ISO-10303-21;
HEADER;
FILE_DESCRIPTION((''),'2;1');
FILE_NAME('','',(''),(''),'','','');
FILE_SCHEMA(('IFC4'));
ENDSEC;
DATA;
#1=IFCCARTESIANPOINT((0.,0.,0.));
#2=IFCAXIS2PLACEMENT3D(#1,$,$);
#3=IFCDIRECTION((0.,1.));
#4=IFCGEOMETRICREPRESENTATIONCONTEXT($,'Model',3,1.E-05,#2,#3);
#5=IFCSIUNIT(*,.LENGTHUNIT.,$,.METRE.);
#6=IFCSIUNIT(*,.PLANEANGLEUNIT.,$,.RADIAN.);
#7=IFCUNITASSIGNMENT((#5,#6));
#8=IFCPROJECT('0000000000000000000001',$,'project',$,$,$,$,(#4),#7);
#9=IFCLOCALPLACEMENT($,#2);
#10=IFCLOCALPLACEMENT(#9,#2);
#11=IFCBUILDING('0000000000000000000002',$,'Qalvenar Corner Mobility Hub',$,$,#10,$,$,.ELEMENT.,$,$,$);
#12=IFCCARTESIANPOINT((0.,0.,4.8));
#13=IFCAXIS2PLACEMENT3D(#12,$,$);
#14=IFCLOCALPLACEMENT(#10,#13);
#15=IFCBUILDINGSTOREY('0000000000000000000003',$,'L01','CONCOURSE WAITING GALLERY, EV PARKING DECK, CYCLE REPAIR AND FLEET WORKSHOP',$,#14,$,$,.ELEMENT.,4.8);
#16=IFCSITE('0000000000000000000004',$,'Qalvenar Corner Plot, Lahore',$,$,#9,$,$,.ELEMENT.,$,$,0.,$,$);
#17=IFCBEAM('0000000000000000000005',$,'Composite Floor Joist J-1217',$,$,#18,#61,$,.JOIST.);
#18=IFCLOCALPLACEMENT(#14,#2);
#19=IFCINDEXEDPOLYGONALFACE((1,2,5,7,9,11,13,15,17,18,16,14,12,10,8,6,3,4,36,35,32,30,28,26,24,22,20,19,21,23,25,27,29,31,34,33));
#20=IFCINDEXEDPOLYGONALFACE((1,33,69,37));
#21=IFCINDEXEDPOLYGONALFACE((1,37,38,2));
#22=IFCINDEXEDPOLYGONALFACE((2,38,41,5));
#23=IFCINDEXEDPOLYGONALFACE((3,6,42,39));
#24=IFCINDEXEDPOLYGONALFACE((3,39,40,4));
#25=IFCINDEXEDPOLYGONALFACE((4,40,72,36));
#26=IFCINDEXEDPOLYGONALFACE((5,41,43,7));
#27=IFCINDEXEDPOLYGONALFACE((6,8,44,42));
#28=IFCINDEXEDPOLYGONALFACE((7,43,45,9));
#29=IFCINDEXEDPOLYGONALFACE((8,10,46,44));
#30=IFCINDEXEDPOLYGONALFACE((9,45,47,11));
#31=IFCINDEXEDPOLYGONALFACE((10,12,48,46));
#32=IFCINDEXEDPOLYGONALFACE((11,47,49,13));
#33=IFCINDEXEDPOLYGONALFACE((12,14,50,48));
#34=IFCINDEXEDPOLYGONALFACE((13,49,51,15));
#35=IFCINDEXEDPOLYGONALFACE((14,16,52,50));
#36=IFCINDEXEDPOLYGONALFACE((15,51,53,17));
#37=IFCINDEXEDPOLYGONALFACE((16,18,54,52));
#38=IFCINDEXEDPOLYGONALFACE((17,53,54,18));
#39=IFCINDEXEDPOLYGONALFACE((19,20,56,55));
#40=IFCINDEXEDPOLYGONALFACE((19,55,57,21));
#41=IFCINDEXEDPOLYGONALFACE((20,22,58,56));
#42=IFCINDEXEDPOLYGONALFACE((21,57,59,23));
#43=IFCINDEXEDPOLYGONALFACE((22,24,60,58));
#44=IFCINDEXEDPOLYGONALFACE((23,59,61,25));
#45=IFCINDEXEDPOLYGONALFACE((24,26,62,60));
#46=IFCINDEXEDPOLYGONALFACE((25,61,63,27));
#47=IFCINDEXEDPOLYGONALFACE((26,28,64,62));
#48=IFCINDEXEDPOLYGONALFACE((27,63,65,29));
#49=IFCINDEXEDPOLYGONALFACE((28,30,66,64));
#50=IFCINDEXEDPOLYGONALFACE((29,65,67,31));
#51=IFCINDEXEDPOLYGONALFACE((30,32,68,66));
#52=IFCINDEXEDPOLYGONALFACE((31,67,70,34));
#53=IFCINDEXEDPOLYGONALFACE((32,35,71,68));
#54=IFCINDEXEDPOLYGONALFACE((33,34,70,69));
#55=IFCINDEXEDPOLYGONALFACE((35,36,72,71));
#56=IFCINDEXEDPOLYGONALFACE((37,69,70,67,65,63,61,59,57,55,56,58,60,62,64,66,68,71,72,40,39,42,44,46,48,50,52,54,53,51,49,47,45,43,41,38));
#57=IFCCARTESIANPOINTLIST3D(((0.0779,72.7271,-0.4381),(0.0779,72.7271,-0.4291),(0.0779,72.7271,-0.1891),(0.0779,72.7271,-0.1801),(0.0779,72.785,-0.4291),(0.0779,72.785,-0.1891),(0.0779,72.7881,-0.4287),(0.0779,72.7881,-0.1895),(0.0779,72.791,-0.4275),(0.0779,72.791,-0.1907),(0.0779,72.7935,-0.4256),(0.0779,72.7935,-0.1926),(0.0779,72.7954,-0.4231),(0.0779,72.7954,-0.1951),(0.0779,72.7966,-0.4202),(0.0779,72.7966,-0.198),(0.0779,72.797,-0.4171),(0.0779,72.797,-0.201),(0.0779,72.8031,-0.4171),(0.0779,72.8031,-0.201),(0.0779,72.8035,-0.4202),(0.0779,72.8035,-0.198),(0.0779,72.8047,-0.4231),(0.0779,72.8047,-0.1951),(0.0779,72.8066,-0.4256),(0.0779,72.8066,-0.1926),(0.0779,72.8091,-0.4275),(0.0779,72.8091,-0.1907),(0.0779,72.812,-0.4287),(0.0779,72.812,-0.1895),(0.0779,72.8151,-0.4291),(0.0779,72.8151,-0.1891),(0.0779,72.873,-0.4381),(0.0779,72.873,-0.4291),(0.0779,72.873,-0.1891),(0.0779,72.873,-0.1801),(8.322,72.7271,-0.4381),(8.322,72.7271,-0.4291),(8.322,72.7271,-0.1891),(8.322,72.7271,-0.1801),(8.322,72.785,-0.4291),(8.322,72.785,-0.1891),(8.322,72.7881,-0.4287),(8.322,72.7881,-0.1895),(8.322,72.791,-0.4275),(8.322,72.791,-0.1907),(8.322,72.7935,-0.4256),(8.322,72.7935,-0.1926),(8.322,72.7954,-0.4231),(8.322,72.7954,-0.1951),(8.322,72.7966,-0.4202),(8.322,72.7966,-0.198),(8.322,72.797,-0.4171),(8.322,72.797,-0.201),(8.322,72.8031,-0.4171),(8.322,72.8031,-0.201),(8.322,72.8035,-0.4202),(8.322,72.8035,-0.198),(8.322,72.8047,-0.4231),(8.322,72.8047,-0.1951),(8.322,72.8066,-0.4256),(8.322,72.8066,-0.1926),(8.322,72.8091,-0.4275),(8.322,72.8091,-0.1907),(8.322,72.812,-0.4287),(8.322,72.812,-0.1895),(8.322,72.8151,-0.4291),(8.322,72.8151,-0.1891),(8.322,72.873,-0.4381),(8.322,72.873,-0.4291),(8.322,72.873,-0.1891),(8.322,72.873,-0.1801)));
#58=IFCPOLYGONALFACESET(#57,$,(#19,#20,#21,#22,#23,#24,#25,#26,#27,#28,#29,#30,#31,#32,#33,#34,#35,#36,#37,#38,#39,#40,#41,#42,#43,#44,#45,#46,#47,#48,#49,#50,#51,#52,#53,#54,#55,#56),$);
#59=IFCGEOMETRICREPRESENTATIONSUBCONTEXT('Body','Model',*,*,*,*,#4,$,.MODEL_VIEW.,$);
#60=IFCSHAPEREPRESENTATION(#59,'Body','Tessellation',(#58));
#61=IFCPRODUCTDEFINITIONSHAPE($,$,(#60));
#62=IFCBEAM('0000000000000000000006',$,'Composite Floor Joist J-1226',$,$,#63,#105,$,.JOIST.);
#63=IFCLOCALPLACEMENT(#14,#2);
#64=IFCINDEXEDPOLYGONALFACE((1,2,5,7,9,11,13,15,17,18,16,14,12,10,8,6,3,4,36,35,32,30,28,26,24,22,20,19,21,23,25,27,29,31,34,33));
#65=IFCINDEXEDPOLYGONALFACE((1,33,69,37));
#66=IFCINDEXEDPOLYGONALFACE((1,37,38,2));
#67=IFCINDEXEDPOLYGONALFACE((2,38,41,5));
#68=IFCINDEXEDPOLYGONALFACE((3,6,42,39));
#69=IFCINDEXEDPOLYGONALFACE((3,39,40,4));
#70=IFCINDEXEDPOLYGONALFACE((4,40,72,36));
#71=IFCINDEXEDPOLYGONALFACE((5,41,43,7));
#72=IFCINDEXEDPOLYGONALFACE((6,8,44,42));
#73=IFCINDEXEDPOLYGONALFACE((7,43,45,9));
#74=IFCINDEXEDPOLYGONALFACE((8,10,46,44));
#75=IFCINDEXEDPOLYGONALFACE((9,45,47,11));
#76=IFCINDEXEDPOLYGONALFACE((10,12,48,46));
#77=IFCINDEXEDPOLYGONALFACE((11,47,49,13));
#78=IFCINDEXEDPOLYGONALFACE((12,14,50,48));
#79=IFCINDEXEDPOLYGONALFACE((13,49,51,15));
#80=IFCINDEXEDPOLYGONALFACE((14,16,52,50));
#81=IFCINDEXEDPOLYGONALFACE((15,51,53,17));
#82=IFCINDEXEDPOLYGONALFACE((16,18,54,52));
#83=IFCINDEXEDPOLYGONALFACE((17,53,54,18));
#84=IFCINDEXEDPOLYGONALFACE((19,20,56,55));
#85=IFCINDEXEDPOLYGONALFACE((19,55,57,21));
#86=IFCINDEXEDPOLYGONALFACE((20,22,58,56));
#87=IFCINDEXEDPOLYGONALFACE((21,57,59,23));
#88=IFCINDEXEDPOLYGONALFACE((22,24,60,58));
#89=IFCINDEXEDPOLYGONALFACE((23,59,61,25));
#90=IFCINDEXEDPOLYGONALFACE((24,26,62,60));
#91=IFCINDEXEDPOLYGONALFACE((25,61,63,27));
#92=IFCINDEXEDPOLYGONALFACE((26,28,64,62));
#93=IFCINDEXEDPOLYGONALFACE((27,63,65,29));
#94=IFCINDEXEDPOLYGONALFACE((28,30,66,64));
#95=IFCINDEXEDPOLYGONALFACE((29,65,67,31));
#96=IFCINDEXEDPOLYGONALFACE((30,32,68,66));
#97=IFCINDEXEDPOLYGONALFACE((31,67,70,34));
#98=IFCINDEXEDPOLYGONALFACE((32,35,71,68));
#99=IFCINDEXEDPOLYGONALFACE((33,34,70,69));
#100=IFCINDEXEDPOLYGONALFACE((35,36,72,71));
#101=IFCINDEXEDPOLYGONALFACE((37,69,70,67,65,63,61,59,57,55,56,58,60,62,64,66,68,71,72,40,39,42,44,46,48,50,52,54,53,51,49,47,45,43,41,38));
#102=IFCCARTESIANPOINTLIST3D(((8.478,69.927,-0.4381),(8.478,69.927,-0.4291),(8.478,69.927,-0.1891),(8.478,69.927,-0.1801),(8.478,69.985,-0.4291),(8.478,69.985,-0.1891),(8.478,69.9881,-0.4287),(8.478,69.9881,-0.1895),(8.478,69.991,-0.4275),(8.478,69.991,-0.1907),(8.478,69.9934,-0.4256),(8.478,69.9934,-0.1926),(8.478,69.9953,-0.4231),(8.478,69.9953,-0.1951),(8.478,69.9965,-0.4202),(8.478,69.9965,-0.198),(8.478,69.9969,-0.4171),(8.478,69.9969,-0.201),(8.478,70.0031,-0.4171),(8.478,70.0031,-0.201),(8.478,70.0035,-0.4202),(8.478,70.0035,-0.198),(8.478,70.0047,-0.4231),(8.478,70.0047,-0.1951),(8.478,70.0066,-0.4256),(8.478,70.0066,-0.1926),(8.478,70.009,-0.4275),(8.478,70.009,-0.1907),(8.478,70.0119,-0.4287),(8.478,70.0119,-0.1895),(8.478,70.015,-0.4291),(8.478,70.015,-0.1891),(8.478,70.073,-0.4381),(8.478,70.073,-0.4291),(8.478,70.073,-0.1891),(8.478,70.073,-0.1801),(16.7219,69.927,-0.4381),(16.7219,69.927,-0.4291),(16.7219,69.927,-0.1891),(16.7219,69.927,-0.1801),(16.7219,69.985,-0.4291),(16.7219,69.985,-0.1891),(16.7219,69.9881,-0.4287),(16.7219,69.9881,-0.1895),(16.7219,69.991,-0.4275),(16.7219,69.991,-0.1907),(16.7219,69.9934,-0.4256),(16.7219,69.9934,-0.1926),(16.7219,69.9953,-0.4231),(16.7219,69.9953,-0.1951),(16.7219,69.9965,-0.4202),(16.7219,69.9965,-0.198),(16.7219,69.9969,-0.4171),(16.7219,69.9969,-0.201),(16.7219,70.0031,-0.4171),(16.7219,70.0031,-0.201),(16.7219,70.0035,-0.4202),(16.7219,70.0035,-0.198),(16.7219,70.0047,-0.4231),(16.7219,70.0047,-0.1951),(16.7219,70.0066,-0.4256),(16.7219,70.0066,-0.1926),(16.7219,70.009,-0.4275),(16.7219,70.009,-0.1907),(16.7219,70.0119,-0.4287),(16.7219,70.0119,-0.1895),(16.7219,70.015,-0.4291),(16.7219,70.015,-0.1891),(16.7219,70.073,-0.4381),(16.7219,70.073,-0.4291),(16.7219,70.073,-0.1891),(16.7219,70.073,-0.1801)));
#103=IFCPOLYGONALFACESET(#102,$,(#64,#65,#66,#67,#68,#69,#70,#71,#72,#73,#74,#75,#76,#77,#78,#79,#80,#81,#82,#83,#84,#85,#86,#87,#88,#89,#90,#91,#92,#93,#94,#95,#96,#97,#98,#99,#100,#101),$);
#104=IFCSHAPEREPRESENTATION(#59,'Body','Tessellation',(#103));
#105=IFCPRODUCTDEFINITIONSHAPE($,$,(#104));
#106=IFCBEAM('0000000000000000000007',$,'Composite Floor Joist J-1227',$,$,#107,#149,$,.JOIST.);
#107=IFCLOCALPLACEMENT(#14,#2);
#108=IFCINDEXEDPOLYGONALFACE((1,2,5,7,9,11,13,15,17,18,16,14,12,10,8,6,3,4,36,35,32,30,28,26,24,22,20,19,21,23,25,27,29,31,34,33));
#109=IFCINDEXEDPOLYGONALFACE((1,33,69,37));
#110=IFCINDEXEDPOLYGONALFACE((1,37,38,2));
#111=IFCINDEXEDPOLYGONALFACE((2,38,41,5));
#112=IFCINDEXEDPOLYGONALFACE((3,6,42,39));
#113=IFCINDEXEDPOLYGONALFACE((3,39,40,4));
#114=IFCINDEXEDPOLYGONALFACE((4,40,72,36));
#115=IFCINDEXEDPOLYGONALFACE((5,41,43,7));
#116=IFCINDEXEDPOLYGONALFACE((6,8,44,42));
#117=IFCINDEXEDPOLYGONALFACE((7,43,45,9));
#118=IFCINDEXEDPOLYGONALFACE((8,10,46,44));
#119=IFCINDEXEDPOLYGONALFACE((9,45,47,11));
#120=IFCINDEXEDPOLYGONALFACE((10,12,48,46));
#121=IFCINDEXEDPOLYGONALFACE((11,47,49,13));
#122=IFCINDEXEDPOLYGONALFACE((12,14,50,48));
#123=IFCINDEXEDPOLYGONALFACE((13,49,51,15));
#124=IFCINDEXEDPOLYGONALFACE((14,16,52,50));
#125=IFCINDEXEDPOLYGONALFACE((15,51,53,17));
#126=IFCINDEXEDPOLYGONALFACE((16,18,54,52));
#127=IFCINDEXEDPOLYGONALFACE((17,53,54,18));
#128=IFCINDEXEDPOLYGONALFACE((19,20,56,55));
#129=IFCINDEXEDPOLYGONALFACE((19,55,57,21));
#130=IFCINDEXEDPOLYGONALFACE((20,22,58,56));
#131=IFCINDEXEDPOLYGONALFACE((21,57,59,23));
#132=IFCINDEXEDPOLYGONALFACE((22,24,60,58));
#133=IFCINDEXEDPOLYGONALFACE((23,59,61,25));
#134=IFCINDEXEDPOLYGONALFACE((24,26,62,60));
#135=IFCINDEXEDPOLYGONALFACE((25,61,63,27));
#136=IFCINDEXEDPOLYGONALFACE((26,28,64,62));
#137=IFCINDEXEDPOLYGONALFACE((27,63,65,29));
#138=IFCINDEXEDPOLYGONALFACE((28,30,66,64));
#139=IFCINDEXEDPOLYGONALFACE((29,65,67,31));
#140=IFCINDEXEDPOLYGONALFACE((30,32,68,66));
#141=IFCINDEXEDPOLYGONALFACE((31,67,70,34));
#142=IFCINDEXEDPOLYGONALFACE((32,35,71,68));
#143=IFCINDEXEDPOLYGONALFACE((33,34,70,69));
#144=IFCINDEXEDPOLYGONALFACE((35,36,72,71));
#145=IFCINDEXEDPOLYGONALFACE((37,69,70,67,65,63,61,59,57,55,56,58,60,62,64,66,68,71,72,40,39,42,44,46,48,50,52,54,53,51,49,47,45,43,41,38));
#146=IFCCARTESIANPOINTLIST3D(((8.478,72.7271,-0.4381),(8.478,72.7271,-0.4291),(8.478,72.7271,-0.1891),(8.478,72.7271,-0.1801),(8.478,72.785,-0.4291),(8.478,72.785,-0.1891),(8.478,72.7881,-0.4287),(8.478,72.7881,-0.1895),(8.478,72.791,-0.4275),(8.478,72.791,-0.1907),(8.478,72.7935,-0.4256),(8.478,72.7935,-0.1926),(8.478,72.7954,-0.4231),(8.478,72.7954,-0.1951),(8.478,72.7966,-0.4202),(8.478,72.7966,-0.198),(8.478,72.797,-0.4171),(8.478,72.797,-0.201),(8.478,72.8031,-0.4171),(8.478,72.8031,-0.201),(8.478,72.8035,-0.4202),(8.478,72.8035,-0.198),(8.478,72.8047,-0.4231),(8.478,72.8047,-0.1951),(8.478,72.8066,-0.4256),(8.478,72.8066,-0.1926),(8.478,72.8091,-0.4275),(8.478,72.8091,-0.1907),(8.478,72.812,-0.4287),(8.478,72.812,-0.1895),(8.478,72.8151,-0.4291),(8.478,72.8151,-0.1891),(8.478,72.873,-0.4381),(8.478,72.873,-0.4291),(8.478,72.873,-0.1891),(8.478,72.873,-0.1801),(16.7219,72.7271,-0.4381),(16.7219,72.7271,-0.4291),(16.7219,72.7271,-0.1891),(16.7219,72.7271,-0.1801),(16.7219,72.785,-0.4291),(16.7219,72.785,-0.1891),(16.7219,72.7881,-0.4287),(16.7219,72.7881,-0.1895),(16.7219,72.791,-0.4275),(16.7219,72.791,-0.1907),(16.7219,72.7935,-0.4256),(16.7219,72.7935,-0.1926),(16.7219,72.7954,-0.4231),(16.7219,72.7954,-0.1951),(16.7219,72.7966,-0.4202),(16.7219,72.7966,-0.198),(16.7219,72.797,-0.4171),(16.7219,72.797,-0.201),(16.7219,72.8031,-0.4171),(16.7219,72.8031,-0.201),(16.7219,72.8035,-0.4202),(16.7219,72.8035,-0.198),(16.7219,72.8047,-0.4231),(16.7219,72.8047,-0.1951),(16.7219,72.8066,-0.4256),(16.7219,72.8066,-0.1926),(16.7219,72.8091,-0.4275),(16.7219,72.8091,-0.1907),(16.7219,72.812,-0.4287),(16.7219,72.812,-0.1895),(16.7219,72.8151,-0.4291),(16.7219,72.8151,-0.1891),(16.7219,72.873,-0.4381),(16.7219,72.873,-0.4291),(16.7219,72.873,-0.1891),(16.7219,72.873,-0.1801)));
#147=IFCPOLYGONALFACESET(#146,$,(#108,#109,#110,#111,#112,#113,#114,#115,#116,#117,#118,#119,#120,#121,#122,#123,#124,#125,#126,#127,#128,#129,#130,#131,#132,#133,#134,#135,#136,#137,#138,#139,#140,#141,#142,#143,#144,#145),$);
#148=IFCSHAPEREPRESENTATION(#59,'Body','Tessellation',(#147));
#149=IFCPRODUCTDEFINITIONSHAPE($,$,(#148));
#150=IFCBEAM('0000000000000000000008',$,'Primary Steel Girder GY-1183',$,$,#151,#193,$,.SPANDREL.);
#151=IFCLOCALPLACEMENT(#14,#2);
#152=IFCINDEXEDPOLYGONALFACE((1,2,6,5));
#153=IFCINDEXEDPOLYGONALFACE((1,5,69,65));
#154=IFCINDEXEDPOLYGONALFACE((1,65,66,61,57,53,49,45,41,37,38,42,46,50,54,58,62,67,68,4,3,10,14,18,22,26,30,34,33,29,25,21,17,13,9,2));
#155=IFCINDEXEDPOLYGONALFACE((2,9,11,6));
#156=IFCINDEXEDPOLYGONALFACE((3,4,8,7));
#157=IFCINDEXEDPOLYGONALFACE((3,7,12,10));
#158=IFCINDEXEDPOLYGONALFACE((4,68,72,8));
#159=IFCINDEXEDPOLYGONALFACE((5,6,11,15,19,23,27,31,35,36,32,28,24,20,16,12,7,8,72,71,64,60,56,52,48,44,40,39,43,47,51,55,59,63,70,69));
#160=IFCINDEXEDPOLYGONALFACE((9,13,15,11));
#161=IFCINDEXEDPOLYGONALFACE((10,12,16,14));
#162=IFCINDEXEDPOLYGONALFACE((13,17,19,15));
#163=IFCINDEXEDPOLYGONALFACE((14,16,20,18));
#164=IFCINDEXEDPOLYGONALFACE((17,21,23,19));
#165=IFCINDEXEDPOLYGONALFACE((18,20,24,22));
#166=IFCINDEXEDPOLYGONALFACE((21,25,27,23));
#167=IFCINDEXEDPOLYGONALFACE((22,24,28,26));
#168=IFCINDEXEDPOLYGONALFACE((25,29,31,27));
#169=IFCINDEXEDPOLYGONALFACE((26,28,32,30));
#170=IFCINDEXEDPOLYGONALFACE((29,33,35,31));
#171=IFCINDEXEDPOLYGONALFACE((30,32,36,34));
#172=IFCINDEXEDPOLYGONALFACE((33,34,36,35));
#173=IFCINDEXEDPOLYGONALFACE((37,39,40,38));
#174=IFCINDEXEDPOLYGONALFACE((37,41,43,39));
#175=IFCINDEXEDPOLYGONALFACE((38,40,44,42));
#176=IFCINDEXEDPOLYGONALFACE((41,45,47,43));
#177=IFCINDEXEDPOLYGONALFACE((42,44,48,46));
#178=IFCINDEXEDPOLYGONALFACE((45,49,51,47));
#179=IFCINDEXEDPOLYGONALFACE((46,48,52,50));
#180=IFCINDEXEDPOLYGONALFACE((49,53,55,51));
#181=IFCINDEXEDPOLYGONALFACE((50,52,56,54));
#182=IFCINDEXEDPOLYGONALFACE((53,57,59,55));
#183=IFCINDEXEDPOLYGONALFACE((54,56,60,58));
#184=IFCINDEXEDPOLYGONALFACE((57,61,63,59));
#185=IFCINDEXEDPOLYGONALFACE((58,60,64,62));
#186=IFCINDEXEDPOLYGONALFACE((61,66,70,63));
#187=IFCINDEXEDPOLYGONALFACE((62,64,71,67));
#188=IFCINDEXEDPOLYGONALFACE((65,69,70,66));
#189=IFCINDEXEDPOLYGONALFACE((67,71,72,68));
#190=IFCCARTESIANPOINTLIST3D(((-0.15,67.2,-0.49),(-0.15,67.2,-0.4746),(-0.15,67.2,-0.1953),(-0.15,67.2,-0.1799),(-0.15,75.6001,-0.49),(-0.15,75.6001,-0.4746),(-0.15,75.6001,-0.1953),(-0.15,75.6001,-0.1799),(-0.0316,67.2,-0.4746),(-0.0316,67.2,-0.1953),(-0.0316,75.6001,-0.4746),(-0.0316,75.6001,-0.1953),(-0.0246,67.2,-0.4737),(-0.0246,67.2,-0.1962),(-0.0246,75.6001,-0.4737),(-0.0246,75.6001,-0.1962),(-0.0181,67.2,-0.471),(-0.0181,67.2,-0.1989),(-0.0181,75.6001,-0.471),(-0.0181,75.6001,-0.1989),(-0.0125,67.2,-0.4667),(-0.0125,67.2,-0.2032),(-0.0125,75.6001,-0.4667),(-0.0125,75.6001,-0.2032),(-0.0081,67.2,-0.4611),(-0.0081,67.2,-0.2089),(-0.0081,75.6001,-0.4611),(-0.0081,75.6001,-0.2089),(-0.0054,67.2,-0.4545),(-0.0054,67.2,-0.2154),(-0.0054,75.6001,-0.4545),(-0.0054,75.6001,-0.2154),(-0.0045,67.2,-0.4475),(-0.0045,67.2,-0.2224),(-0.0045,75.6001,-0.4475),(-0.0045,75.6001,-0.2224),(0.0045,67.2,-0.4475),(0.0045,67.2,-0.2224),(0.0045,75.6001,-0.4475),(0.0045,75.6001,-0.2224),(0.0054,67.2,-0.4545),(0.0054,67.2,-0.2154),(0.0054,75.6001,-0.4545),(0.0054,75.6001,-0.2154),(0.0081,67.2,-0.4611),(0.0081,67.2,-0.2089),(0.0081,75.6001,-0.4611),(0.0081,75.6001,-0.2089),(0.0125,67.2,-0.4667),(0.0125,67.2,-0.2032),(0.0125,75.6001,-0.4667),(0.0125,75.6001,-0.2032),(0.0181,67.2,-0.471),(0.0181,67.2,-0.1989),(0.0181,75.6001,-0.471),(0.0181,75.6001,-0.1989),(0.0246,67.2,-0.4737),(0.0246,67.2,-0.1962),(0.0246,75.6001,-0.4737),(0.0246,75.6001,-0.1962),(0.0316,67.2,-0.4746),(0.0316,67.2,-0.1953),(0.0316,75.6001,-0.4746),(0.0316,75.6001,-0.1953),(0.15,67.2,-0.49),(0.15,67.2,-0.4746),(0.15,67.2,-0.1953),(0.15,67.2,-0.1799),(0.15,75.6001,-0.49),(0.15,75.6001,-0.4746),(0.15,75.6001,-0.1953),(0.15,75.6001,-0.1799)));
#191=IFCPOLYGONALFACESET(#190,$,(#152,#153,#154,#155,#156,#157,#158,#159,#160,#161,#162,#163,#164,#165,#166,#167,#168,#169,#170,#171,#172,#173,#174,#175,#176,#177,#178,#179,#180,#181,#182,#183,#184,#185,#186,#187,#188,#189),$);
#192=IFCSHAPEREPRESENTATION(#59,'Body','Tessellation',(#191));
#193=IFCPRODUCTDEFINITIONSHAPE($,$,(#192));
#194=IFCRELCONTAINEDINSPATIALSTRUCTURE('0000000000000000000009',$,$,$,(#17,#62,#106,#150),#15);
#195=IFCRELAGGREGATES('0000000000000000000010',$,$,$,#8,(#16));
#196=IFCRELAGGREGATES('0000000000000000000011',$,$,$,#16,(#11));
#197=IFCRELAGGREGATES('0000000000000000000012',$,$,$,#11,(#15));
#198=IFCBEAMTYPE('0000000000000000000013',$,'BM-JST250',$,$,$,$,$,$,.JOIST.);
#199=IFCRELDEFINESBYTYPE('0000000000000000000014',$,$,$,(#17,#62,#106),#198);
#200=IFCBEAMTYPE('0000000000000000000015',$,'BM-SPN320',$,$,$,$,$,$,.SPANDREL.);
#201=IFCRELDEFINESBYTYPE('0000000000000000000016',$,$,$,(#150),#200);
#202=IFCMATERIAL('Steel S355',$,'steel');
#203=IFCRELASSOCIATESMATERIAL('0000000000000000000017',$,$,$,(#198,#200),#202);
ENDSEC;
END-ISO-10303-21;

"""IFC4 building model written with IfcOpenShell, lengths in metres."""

from ifc_helpers import new_model, si_unit, direction, frame, origin, origin_2d, place, context, subcontext, project, spatial, i_section, extrude, material, material_profile, profile_set, type_object, element, save


model = new_model("IFC4")

# Units and contexts
model_context = context("Model", 3, precision=1e-05, world=origin(), true_north=direction((0.0, 1.0)))
body_context = subcontext(model_context, "Body", "Model", "MODEL_VIEW")
ifc_project = project(units=[si_unit("LENGTHUNIT", "METRE"), si_unit("PLANEANGLEUNIT", "RADIAN")], contexts=[model_context])

# Site, building, storey
site_placement = place(None, origin())
site = spatial("IfcSite", under=ifc_project, at=site_placement, Name="Qalvenar Corner Plot, Lahore", CompositionType="ELEMENT", RefElevation=0.0)
building_placement = place(site_placement, origin())
building = spatial("IfcBuilding", under=site, at=building_placement, Name="Qalvenar Corner Mobility Hub", CompositionType="ELEMENT")
storey_placement = place(building_placement, frame((0.0, 0.0, 4.8)))
storey = spatial("IfcBuildingStorey", under=building, at=storey_placement, Name="L01", Description="CONCOURSE WAITING GALLERY, EV PARKING DECK, CYCLE REPAIR AND FLEET WORKSHOP", CompositionType="ELEMENT", Elevation=4.8)

# Shared definitions
ifc_material_1 = material(Name="Steel S355", Category="steel")

# Beams
ifc_material_profile_1 = material_profile(ifc_material_1, i_section(OverallWidth=0.146, OverallDepth=0.2581, WebThickness=0.0061, FlangeThickness=0.009, FilletRadius=0.012, at=origin_2d()), Name="W250x32.7")
ifc_profile_set_1 = profile_set([ifc_material_profile_1], Name="Steel S355")
beam_type_1 = type_object("IfcBeamType", Name="BM-JST250", PredefinedType="JOIST", material=ifc_profile_set_1)
for number, where, z_axis, x_axis, name in (
    (1, (0.0779, 72.8, -0.3091), (1.0, 0.0, 0.0), (0.0, 1.0, 0.0), "Composite Floor Joist J-1217"),
):
    element("IfcBeam", number, at=place(storey_placement, frame(where, z_axis=z_axis, x_axis=x_axis)), inside=storey, type_object=beam_type_1, Name=name, PredefinedType="JOIST", context=body_context, shape_type="SweptSolid", body=[
        extrude(i_section(OverallWidth=0.146, OverallDepth=0.2581, WebThickness=0.0061, FlangeThickness=0.009, FilletRadius=0.012, at=origin_2d()), origin(), (0.0, 0.0, 1.0), 8.2441),
    ])
for number, where, z_axis, x_axis, name in (
    (2, (8.478, 70.0, -0.3091), (1.0, 0.0, 0.0), (0.0, 1.0, 0.0), "Composite Floor Joist J-1226"),
    (3, (8.478, 72.8, -0.3091), (1.0, 0.0, 0.0), (0.0, 1.0, 0.0), "Composite Floor Joist J-1227"),
):
    element("IfcBeam", number, at=place(storey_placement, frame(where, z_axis=z_axis, x_axis=x_axis)), inside=storey, type_object=beam_type_1, Name=name, PredefinedType="JOIST", context=body_context, shape_type="SweptSolid", body=[
        extrude(i_section(OverallWidth=0.146, OverallDepth=0.2581, WebThickness=0.0061, FlangeThickness=0.009, FilletRadius=0.012, at=origin_2d()), origin(), (0.0, 0.0, 1.0), 8.2439),
    ])
ifc_material_profile_2 = material_profile(ifc_material_1, i_section(OverallWidth=0.3, OverallDepth=0.3101, WebThickness=0.009, FlangeThickness=0.0154, FilletRadius=0.0271, at=origin_2d()), Name="HEA320")
ifc_profile_set_2 = profile_set([ifc_material_profile_2], Name="Steel S355")
beam_type_2 = type_object("IfcBeamType", Name="BM-SPN320", PredefinedType="SPANDREL", material=ifc_profile_set_2)
beam_1_placement = place(storey_placement, frame((0.0, 67.2, -0.335), z_axis=(0.0, 1.0, 0.0), x_axis=(-1.0, 0.0, 0.0)))
element("IfcBeam", 4, at=beam_1_placement, inside=storey, type_object=beam_type_2, Name="Primary Steel Girder GY-1183", PredefinedType="SPANDREL", context=body_context, shape_type="SweptSolid", body=[
    extrude(i_section(OverallWidth=0.3, OverallDepth=0.3101, WebThickness=0.009, FlangeThickness=0.0154, FilletRadius=0.0271, at=origin_2d()), origin(), (0.0, 0.0, 1.0), 8.4001),
])

save(model, "model.ifc")
